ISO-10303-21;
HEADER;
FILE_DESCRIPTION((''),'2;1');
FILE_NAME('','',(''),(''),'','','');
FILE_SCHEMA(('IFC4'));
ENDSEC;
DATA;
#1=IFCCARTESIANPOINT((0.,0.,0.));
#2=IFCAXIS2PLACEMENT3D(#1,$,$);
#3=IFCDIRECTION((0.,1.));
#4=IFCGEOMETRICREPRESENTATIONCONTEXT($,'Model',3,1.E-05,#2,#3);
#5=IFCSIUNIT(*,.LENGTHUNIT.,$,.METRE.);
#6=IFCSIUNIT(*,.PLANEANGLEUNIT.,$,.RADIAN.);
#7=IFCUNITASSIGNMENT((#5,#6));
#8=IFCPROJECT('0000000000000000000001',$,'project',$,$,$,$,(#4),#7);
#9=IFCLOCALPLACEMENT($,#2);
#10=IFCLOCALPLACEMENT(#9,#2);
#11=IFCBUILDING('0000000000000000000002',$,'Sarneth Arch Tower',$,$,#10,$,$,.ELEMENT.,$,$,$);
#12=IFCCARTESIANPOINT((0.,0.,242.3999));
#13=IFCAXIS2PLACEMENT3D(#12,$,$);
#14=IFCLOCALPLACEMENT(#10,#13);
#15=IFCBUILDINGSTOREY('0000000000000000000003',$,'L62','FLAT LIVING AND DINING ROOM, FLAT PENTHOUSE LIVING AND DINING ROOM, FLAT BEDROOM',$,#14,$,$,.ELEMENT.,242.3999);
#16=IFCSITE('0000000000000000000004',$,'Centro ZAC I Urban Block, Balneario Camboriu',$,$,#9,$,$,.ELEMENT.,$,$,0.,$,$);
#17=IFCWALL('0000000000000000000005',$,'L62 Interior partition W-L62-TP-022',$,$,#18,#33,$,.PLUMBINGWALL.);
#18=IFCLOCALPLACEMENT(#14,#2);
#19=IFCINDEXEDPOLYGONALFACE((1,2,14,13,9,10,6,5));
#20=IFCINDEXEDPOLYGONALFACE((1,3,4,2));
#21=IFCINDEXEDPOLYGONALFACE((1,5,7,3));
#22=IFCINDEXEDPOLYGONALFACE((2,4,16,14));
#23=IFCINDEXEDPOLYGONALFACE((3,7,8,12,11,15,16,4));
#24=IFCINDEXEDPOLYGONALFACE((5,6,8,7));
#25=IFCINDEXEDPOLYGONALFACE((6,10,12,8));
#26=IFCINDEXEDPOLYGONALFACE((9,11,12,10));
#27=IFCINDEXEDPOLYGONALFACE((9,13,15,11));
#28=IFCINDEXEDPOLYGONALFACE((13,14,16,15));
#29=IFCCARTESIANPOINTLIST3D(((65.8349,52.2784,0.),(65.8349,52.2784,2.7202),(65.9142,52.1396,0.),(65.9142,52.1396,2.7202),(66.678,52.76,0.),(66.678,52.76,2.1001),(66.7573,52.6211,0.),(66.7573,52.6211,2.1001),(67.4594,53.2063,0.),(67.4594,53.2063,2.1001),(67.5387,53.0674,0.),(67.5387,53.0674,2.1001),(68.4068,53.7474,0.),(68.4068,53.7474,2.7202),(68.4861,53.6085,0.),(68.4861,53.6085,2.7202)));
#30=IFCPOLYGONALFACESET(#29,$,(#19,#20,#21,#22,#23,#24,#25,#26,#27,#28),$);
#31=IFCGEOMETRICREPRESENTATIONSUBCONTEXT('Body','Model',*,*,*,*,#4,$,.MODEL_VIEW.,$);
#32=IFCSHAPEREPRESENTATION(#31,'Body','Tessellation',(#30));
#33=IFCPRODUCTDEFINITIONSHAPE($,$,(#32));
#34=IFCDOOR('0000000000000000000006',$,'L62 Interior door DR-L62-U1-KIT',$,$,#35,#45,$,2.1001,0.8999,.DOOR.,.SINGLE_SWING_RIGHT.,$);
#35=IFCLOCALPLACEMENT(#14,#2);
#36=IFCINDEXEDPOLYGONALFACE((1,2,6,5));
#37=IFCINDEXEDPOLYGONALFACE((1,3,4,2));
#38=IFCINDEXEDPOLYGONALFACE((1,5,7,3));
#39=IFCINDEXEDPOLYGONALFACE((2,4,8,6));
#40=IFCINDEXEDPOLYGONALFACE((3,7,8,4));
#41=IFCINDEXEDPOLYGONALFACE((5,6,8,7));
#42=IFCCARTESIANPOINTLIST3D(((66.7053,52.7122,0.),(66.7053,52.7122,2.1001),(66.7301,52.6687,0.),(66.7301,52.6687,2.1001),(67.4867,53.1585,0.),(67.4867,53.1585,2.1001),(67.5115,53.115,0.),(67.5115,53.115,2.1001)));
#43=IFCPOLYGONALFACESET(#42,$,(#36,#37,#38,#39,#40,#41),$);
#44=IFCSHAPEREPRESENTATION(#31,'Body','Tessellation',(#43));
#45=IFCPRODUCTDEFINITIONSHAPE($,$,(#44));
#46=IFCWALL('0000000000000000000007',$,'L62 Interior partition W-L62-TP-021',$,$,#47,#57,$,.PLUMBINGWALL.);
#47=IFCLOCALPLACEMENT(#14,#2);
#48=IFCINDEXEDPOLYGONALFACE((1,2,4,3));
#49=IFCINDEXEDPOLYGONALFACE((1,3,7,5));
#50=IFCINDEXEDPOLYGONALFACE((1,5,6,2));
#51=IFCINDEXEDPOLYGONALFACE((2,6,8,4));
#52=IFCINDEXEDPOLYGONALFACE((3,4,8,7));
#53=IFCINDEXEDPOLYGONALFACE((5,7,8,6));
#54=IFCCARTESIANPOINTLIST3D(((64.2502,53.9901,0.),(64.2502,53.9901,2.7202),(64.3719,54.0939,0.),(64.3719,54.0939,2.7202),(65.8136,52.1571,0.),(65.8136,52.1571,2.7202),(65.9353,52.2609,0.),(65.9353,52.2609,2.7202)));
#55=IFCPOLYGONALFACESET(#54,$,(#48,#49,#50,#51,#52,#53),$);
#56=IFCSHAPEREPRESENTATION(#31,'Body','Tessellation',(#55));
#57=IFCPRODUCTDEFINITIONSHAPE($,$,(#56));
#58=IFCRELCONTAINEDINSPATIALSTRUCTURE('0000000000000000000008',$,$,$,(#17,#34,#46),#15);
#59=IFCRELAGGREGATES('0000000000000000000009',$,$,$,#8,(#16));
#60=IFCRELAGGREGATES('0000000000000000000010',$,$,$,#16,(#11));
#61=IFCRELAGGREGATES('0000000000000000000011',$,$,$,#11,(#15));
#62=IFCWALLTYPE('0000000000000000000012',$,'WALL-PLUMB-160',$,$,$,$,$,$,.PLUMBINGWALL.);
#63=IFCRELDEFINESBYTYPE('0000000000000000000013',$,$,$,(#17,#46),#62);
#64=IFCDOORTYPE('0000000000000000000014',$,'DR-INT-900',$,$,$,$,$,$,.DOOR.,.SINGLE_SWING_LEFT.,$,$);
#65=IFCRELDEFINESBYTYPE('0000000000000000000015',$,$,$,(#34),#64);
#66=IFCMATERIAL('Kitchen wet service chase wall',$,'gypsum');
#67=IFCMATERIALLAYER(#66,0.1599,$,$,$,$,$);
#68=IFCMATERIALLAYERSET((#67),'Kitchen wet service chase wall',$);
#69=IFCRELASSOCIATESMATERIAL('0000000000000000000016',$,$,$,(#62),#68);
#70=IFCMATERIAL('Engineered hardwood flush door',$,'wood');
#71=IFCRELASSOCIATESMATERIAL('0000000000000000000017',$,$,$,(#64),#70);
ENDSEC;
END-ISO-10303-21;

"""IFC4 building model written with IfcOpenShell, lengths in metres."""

from ifc_helpers import new_model, si_unit, direction, frame, frame_2d, origin, place, context, subcontext, project, spatial, rectangle, extrude, material, layer, layer_set, type_object, element, fill, save


model = new_model("IFC4")

# Units and contexts
model_context = context("Model", 3, precision=1e-05, world=origin(), true_north=direction((0.0, 1.0)))
body_context = subcontext(model_context, "Body", "Model", "MODEL_VIEW")
ifc_project = project(units=[si_unit("LENGTHUNIT", "METRE"), si_unit("PLANEANGLEUNIT", "RADIAN")], contexts=[model_context])

# Site, building, storey
site_placement = place(None, origin())
site = spatial("IfcSite", under=ifc_project, at=site_placement, Name="Centro ZAC I Urban Block, Balneario Camboriu", CompositionType="ELEMENT", RefElevation=0.0)
building_placement = place(site_placement, origin())
building = spatial("IfcBuilding", under=site, at=building_placement, Name="Sarneth Arch Tower", CompositionType="ELEMENT")
storey_placement = place(building_placement, frame((0.0, 0.0, 242.3999)))
storey = spatial("IfcBuildingStorey", under=building, at=storey_placement, Name="L62", Description="FLAT LIVING AND DINING ROOM, FLAT PENTHOUSE LIVING AND DINING ROOM, FLAT BEDROOM", CompositionType="ELEMENT", Elevation=242.3999)

# Shared definitions
ifc_material_1 = material(Name="Kitchen wet service chase wall", Category="gypsum")
ifc_layer_1 = layer(ifc_material_1, 0.1599)
ifc_layer_set_1 = layer_set([ifc_layer_1], Name="Kitchen wet service chase wall")
wall_type_1 = type_object("IfcWallType", Name="WALL-PLUMB-160", PredefinedType="PLUMBINGWALL", material=ifc_layer_set_1)

# Wall, opening, door
wall_1_placement = place(storey_placement, frame((65.8745, 52.209, 0.0), z_axis=(0.0, 0.0, 1.0), x_axis=(0.86835, 0.495953, 0.0)))
wall_1 = element("IfcWall", 1, at=wall_1_placement, inside=storey, type_object=wall_type_1, Name="L62 Interior partition W-L62-TP-022", PredefinedType="PLUMBINGWALL", context=body_context, shape_type="SweptSolid", body=[
    extrude(rectangle(XDim=2.9619, YDim=0.1599, at=frame_2d((1.481, 0.0))), origin(), (0.0, 0.0, 1.0), 2.7202),
])
opening_1_placement = place(wall_1_placement, frame((0.9709, 0.0, 0.0)))
opening_1 = element("IfcOpeningElement", 2, at=opening_1_placement, cuts=wall_1, PredefinedType="OPENING", context=body_context, shape_type="SweptSolid", body=[
    extrude(rectangle(XDim=0.8999, YDim=2.1001, at=frame_2d((0.45, 1.05))), frame((0.0, 0.0898, 0.0), z_axis=(0.0, -1.0, 0.0), x_axis=(1.0, 0.0, 0.0)), (0.0, 0.0, 1.0), 0.1799),
])
ifc_material_2 = material(Name="Engineered hardwood flush door", Category="wood")
door_type_1 = type_object("IfcDoorType", Name="DR-INT-900", OperationType="SINGLE_SWING_LEFT", PredefinedType="DOOR", material=ifc_material_2)
door_1_placement = place(opening_1_placement, origin())
door_1 = element("IfcDoor", 3, at=door_1_placement, inside=storey, type_object=door_type_1, Name="L62 Interior door DR-L62-U1-KIT", OperationType="SINGLE_SWING_RIGHT", OverallHeight=2.1001, OverallWidth=0.8999, PredefinedType="DOOR", context=body_context, shape_type="SweptSolid", body=[
    extrude(rectangle(XDim=0.8999, YDim=2.1001, at=frame_2d((0.45, 1.05))), frame((0.0, 0.0249, 0.0), z_axis=(0.0, -1.0, 0.0), x_axis=(1.0, 0.0, 0.0)), (0.0, 0.0, 1.0), 0.05),
])
fill(opening_1, door_1)

# Wall
wall_2_placement = place(storey_placement, frame((64.311, 54.042, 0.0), z_axis=(0.0, 0.0, 1.0), x_axis=(0.648954, -0.760828, 0.0)))
element("IfcWall", 4, at=wall_2_placement, inside=storey, type_object=wall_type_1, Name="L62 Interior partition W-L62-TP-021", PredefinedType="PLUMBINGWALL", context=body_context, shape_type="SweptSolid", body=[
    extrude(rectangle(XDim=2.4092, YDim=0.1599, at=frame_2d((1.2046, 0.0))), origin(), (0.0, 0.0, 1.0), 2.7202),
])

save(model, "model.ifc")
